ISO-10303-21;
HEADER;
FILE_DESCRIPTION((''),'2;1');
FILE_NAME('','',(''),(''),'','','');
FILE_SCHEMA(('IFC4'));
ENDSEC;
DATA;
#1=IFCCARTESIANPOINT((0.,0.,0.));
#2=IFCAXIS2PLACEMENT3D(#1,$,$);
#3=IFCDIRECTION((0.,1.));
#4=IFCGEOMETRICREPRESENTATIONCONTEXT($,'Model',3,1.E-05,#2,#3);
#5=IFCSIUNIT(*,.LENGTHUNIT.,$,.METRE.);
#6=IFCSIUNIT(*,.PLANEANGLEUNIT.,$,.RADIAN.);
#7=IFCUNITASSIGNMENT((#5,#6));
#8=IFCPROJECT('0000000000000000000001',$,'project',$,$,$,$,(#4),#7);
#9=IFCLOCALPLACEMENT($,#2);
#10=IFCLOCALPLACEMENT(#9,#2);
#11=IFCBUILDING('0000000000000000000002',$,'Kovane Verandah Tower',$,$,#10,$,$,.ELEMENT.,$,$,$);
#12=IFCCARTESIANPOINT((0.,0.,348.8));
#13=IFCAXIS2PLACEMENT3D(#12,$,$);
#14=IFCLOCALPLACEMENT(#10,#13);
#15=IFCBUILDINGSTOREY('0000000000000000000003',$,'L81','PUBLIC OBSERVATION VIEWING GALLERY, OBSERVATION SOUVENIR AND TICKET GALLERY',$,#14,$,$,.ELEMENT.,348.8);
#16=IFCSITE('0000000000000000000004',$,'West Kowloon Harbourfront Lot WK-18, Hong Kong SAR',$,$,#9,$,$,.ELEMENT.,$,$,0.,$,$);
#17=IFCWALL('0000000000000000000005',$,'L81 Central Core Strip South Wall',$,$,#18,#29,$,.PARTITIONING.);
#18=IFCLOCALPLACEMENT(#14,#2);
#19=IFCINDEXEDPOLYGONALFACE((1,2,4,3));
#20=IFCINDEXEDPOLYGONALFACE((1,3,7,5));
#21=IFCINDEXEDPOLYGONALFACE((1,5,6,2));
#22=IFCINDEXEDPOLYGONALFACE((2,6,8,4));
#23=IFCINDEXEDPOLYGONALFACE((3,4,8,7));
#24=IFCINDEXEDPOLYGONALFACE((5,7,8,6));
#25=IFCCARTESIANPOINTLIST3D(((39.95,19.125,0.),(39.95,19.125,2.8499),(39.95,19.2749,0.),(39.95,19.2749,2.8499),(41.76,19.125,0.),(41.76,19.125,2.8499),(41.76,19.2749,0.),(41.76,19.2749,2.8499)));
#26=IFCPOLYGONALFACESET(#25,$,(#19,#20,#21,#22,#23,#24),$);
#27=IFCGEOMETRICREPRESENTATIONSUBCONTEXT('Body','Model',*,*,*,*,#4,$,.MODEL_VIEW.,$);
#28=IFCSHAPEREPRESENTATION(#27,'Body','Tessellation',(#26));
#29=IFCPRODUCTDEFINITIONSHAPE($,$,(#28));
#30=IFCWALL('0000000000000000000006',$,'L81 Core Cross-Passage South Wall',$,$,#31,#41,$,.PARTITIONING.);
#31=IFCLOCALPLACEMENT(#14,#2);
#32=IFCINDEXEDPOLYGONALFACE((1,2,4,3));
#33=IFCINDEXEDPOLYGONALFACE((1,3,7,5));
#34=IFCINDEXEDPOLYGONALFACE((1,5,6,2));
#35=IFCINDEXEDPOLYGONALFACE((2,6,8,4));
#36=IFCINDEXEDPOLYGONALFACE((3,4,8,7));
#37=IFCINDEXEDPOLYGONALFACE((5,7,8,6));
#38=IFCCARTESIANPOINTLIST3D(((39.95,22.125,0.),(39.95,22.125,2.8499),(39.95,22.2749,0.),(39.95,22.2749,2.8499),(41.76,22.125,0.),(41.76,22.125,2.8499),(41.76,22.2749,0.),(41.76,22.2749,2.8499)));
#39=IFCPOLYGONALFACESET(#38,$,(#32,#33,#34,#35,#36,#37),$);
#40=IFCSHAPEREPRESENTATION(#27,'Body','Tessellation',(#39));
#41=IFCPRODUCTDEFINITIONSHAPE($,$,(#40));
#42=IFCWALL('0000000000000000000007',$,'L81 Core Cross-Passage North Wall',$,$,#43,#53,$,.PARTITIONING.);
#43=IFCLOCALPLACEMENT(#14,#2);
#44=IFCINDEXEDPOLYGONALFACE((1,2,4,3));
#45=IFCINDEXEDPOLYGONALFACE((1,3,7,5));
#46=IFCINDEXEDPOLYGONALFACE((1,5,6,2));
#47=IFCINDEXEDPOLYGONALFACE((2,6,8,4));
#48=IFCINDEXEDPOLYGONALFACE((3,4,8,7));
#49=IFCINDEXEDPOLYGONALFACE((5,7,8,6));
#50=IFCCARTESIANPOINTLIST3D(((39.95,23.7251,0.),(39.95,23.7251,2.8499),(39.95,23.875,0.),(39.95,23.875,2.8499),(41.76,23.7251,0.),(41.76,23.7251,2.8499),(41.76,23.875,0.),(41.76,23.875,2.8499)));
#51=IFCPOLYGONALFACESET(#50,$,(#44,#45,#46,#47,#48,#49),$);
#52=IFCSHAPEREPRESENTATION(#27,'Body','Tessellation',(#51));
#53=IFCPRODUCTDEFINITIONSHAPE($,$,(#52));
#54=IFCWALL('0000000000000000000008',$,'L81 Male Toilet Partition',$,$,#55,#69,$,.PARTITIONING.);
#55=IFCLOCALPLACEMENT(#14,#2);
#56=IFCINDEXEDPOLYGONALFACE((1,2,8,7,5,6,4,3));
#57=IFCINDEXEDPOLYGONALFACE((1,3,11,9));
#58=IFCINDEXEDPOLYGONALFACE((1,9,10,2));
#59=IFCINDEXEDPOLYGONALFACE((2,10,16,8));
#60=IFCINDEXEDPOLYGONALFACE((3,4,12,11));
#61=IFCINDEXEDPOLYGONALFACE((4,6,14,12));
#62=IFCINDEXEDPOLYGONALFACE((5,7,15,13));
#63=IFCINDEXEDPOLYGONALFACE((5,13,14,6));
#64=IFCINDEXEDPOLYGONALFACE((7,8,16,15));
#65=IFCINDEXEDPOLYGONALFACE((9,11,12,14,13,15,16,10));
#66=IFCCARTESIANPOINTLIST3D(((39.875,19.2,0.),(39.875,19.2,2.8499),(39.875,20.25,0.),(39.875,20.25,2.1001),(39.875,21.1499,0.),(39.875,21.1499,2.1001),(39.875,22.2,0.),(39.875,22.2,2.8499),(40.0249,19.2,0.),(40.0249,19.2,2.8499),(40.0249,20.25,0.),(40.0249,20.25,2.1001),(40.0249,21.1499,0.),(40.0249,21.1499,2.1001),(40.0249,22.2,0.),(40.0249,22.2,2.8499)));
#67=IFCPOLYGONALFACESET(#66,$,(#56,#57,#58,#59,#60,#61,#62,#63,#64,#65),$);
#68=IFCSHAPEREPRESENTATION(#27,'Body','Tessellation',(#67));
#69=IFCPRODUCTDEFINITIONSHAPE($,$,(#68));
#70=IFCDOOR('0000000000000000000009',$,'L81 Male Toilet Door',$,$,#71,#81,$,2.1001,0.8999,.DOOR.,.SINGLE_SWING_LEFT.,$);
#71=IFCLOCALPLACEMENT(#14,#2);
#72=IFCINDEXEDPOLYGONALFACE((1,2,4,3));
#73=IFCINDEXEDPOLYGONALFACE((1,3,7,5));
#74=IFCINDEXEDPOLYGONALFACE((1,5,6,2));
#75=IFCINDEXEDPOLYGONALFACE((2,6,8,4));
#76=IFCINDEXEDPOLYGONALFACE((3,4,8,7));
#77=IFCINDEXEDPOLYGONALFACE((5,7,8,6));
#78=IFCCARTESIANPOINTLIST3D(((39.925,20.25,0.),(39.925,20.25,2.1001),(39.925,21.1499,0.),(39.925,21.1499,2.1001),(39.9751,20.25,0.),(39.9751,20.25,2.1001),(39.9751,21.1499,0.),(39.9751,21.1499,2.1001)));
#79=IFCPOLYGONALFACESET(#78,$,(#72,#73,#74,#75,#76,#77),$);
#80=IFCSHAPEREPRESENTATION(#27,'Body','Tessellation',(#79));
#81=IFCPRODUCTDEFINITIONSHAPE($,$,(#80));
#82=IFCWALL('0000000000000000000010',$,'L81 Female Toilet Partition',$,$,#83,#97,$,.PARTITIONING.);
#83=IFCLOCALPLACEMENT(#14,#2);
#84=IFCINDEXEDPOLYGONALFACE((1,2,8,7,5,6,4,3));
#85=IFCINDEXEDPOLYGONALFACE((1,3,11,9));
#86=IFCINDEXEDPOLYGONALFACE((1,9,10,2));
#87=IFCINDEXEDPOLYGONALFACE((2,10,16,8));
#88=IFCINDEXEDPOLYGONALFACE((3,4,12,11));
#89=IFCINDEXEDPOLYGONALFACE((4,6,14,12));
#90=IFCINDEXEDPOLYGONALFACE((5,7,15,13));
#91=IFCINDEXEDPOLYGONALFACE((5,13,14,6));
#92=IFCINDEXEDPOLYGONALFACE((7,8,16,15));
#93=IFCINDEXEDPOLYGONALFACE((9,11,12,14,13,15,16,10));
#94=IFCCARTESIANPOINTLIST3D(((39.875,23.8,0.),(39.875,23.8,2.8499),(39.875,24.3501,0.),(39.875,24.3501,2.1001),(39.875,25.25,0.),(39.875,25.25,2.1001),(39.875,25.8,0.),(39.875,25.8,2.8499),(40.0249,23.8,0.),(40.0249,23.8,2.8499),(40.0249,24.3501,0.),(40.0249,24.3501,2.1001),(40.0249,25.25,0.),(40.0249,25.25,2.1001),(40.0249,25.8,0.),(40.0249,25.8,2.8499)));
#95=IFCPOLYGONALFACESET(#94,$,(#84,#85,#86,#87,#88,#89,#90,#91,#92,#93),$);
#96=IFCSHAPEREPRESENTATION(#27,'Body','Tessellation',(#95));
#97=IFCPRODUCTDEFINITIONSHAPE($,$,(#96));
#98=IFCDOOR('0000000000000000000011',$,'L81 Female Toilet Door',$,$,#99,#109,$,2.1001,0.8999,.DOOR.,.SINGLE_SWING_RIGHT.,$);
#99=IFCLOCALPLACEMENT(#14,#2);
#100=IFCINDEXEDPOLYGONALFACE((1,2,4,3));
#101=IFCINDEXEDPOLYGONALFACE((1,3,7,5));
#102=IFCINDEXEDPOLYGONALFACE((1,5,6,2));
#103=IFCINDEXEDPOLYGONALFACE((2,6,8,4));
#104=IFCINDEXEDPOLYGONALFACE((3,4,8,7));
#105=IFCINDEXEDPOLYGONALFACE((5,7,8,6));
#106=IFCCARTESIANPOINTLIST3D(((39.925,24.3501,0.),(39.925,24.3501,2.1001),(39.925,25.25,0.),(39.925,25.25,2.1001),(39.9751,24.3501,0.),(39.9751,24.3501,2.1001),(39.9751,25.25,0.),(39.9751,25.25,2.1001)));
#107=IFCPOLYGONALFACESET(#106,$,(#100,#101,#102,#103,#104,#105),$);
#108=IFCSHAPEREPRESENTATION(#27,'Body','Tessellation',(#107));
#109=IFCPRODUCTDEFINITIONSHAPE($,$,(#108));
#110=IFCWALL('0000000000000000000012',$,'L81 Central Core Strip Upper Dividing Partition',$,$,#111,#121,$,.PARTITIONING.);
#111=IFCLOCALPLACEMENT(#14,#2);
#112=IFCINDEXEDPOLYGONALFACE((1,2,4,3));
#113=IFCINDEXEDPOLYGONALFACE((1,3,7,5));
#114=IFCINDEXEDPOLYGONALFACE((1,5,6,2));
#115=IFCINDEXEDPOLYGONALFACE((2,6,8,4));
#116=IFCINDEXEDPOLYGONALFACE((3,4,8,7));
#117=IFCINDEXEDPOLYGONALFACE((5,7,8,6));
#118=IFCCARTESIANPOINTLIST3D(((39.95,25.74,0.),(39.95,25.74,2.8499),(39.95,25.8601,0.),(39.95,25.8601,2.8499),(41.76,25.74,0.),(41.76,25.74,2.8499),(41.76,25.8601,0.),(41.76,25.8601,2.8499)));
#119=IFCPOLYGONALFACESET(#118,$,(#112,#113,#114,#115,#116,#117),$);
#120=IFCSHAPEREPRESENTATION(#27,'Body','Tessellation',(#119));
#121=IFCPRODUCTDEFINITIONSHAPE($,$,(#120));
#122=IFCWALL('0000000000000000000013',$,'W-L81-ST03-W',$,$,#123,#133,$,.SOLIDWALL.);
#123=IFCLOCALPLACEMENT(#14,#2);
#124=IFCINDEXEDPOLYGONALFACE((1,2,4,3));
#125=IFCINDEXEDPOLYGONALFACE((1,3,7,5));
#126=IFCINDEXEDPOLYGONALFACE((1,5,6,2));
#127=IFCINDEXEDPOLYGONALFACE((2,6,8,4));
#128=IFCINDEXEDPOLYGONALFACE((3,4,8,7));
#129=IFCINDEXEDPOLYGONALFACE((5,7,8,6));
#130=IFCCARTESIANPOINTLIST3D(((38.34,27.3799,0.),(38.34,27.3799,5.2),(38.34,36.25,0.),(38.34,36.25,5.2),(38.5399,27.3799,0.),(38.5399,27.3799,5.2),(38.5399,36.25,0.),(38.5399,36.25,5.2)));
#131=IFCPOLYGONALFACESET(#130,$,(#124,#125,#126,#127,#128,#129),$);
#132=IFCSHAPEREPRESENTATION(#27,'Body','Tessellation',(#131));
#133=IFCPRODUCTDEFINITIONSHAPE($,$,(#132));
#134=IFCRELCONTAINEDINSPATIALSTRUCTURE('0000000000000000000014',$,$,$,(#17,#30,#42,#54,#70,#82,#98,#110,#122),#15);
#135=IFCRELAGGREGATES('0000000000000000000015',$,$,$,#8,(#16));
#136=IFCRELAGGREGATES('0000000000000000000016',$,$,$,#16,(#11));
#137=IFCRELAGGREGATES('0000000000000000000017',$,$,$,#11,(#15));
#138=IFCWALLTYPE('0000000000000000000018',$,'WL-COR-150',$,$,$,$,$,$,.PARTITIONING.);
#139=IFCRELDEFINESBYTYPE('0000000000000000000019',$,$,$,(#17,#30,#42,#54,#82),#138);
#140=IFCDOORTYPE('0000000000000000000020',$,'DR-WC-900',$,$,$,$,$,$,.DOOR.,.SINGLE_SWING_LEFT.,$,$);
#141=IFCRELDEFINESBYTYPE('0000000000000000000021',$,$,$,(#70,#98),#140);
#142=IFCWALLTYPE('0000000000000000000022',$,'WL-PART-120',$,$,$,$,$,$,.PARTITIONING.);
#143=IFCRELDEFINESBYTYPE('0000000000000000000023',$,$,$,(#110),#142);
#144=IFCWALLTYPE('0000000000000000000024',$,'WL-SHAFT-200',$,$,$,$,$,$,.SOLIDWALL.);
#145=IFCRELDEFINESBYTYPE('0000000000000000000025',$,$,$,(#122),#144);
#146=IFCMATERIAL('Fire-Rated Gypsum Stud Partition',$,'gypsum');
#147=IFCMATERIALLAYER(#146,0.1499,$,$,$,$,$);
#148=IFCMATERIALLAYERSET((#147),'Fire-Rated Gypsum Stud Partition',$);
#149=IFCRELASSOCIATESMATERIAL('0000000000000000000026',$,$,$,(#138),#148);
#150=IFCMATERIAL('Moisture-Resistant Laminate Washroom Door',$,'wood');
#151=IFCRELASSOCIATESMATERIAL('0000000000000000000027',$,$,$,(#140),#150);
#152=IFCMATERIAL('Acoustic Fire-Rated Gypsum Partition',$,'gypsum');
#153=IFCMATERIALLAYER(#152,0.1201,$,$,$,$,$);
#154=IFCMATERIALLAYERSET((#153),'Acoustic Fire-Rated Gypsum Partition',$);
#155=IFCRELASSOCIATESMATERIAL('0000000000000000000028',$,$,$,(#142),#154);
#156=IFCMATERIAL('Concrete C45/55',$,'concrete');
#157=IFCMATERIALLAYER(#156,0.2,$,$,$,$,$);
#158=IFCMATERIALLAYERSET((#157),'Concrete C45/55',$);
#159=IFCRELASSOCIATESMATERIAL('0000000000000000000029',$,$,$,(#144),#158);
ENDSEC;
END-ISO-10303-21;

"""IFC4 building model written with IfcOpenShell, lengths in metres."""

from ifc_helpers import new_model, si_unit, direction, frame, frame_2d, origin, place, context, subcontext, project, spatial, rectangle, extrude, material, layer, layer_set, type_object, element, fill, save


model = new_model("IFC4")

# Units and contexts
model_context = context("Model", 3, precision=1e-05, world=origin(), true_north=direction((0.0, 1.0)))
body_context = subcontext(model_context, "Body", "Model", "MODEL_VIEW")
ifc_project = project(units=[si_unit("LENGTHUNIT", "METRE"), si_unit("PLANEANGLEUNIT", "RADIAN")], contexts=[model_context])

# Site, building, storey
site_placement = place(None, origin())
site = spatial("IfcSite", under=ifc_project, at=site_placement, Name="West Kowloon Harbourfront Lot WK-18, Hong Kong SAR", CompositionType="ELEMENT", RefElevation=0.0)
building_placement = place(site_placement, origin())
building = spatial("IfcBuilding", under=site, at=building_placement, Name="Kovane Verandah Tower", CompositionType="ELEMENT")
storey_placement = place(building_placement, frame((0.0, 0.0, 348.8)))
storey = spatial("IfcBuildingStorey", under=building, at=storey_placement, Name="L81", Description="PUBLIC OBSERVATION VIEWING GALLERY, OBSERVATION SOUVENIR AND TICKET GALLERY", CompositionType="ELEMENT", Elevation=348.8)

# Walls
ifc_material_1 = material(Name="Fire-Rated Gypsum Stud Partition", Category="gypsum")
ifc_layer_1 = layer(ifc_material_1, 0.1499)
ifc_layer_set_1 = layer_set([ifc_layer_1], Name="Fire-Rated Gypsum Stud Partition")
wall_type_1 = type_object("IfcWallType", Name="WL-COR-150", PredefinedType="PARTITIONING", material=ifc_layer_set_1)
for number, where, z_axis, x_axis, name in (
    (1, (39.95, 19.2, 0.0), (0.0, 0.0, 1.0), (1.0, 0.0, 0.0), "L81 Central Core Strip South Wall"),
    (2, (39.95, 22.2, 0.0), (0.0, 0.0, 1.0), (1.0, 0.0, 0.0), "L81 Core Cross-Passage South Wall"),
    (3, (39.95, 23.8, 0.0), (0.0, 0.0, 1.0), (1.0, 0.0, 0.0), "L81 Core Cross-Passage North Wall"),
):
    element("IfcWall", number, at=place(storey_placement, frame(where, z_axis=z_axis, x_axis=x_axis)), inside=storey, type_object=wall_type_1, Name=name, PredefinedType="PARTITIONING", context=body_context, shape_type="SweptSolid", body=[
        extrude(rectangle(XDim=1.8101, YDim=0.1499, at=frame_2d((0.905, 0.0))), origin(), (0.0, 0.0, 1.0), 2.8499),
    ])

# Walls, openings, doors
wall_1_placement = place(storey_placement, frame((39.95, 19.2, 0.0), z_axis=(0.0, 0.0, 1.0), x_axis=(0.0, 1.0, 0.0)))
wall_1 = element("IfcWall", 4, at=wall_1_placement, inside=storey, type_object=wall_type_1, Name="L81 Male Toilet Partition", PredefinedType="PARTITIONING", context=body_context, shape_type="SweptSolid", body=[
    extrude(rectangle(XDim=3.0, YDim=0.1499, at=frame_2d((1.5, 0.0))), origin(), (0.0, 0.0, 1.0), 2.8499),
])
opening_1_placement = place(wall_1_placement, frame((1.05, 0.0, 0.0)))
opening_1 = element("IfcOpeningElement", 5, at=opening_1_placement, cuts=wall_1, PredefinedType="OPENING", context=body_context, shape_type="SweptSolid", body=[
    extrude(rectangle(XDim=0.8999, YDim=2.1001, at=frame_2d((0.45, 1.05))), frame((0.0, 0.075, 0.0), z_axis=(0.0, -1.0, 0.0), x_axis=(1.0, 0.0, 0.0)), (0.0, 0.0, 1.0), 0.1499),
])
ifc_material_2 = material(Name="Moisture-Resistant Laminate Washroom Door", Category="wood")
door_type_1 = type_object("IfcDoorType", Name="DR-WC-900", OperationType="SINGLE_SWING_LEFT", PredefinedType="DOOR", material=ifc_material_2)
door_1_placement = place(opening_1_placement, origin())
door_1 = element("IfcDoor", 6, at=door_1_placement, inside=storey, type_object=door_type_1, Name="L81 Male Toilet Door", OperationType="SINGLE_SWING_LEFT", OverallHeight=2.1001, OverallWidth=0.8999, PredefinedType="DOOR", context=body_context, shape_type="SweptSolid", body=[
    extrude(rectangle(XDim=0.8999, YDim=2.1001, at=frame_2d((0.45, 1.05))), frame((0.0, 0.0249, 0.0), z_axis=(0.0, -1.0, 0.0), x_axis=(1.0, 0.0, 0.0)), (0.0, 0.0, 1.0), 0.05),
])
fill(opening_1, door_1)
wall_2_placement = place(storey_placement, frame((39.95, 23.8, 0.0), z_axis=(0.0, 0.0, 1.0), x_axis=(0.0, 1.0, 0.0)))
wall_2 = element("IfcWall", 7, at=wall_2_placement, inside=storey, type_object=wall_type_1, Name="L81 Female Toilet Partition", PredefinedType="PARTITIONING", context=body_context, shape_type="SweptSolid", body=[
    extrude(rectangle(XDim=2.0, YDim=0.1499, at=frame_2d((1.0, 0.0))), origin(), (0.0, 0.0, 1.0), 2.8499),
])
opening_2_placement = place(wall_2_placement, frame((0.55, 0.0, 0.0)))
opening_2 = element("IfcOpeningElement", 8, at=opening_2_placement, cuts=wall_2, PredefinedType="OPENING", context=body_context, shape_type="SweptSolid", body=[
    extrude(rectangle(XDim=0.8999, YDim=2.1001, at=frame_2d((0.45, 1.05))), frame((0.0, 0.075, 0.0), z_axis=(0.0, -1.0, 0.0), x_axis=(1.0, 0.0, 0.0)), (0.0, 0.0, 1.0), 0.1499),
])
door_2_placement = place(opening_2_placement, origin())
door_2 = element("IfcDoor", 9, at=door_2_placement, inside=storey, type_object=door_type_1, Name="L81 Female Toilet Door", OperationType="SINGLE_SWING_RIGHT", OverallHeight=2.1001, OverallWidth=0.8999, PredefinedType="DOOR", context=body_context, shape_type="SweptSolid", body=[
    extrude(rectangle(XDim=0.8999, YDim=2.1001, at=frame_2d((0.45, 1.05))), frame((0.0, 0.0249, 0.0), z_axis=(0.0, -1.0, 0.0), x_axis=(1.0, 0.0, 0.0)), (0.0, 0.0, 1.0), 0.05),
])
fill(opening_2, door_2)

# Walls
ifc_material_3 = material(Name="Acoustic Fire-Rated Gypsum Partition", Category="gypsum")
ifc_layer_2 = layer(ifc_material_3, 0.1201)
ifc_layer_set_2 = layer_set([ifc_layer_2], Name="Acoustic Fire-Rated Gypsum Partition")
wall_type_2 = type_object("IfcWallType", Name="WL-PART-120", PredefinedType="PARTITIONING", material=ifc_layer_set_2)
wall_3_placement = place(storey_placement, frame((39.95, 25.8, 0.0), z_axis=(0.0, 0.0, 1.0), x_axis=(1.0, 0.0, 0.0)))
element("IfcWall", 10, at=wall_3_placement, inside=storey, type_object=wall_type_2, Name="L81 Central Core Strip Upper Dividing Partition", PredefinedType="PARTITIONING", context=body_context, shape_type="SweptSolid", body=[
    extrude(rectangle(XDim=1.8101, YDim=0.1201, at=frame_2d((0.905, 0.0))), origin(), (0.0, 0.0, 1.0), 2.8499),
])
ifc_material_4 = material(Name="Concrete C45/55", Category="concrete")
ifc_layer_3 = layer(ifc_material_4, 0.2)
ifc_layer_set_3 = layer_set([ifc_layer_3], Name="Concrete C45/55")
wall_type_3 = type_object("IfcWallType", Name="WL-SHAFT-200", PredefinedType="SOLIDWALL", material=ifc_layer_set_3)
wall_4_placement = place(storey_placement, frame((38.4399, 27.3799, 0.0), z_axis=(0.0, 0.0, 1.0), x_axis=(0.0, 1.0, 0.0)))
element("IfcWall", 11, at=wall_4_placement, inside=storey, type_object=wall_type_3, Name="W-L81-ST03-W", PredefinedType="SOLIDWALL", context=body_context, shape_type="SweptSolid", body=[
    extrude(rectangle(XDim=8.8701, YDim=0.2, at=frame_2d((4.4351, 0.0))), origin(), (0.0, 0.0, 1.0), 5.2),
])

save(model, "model.ifc")
